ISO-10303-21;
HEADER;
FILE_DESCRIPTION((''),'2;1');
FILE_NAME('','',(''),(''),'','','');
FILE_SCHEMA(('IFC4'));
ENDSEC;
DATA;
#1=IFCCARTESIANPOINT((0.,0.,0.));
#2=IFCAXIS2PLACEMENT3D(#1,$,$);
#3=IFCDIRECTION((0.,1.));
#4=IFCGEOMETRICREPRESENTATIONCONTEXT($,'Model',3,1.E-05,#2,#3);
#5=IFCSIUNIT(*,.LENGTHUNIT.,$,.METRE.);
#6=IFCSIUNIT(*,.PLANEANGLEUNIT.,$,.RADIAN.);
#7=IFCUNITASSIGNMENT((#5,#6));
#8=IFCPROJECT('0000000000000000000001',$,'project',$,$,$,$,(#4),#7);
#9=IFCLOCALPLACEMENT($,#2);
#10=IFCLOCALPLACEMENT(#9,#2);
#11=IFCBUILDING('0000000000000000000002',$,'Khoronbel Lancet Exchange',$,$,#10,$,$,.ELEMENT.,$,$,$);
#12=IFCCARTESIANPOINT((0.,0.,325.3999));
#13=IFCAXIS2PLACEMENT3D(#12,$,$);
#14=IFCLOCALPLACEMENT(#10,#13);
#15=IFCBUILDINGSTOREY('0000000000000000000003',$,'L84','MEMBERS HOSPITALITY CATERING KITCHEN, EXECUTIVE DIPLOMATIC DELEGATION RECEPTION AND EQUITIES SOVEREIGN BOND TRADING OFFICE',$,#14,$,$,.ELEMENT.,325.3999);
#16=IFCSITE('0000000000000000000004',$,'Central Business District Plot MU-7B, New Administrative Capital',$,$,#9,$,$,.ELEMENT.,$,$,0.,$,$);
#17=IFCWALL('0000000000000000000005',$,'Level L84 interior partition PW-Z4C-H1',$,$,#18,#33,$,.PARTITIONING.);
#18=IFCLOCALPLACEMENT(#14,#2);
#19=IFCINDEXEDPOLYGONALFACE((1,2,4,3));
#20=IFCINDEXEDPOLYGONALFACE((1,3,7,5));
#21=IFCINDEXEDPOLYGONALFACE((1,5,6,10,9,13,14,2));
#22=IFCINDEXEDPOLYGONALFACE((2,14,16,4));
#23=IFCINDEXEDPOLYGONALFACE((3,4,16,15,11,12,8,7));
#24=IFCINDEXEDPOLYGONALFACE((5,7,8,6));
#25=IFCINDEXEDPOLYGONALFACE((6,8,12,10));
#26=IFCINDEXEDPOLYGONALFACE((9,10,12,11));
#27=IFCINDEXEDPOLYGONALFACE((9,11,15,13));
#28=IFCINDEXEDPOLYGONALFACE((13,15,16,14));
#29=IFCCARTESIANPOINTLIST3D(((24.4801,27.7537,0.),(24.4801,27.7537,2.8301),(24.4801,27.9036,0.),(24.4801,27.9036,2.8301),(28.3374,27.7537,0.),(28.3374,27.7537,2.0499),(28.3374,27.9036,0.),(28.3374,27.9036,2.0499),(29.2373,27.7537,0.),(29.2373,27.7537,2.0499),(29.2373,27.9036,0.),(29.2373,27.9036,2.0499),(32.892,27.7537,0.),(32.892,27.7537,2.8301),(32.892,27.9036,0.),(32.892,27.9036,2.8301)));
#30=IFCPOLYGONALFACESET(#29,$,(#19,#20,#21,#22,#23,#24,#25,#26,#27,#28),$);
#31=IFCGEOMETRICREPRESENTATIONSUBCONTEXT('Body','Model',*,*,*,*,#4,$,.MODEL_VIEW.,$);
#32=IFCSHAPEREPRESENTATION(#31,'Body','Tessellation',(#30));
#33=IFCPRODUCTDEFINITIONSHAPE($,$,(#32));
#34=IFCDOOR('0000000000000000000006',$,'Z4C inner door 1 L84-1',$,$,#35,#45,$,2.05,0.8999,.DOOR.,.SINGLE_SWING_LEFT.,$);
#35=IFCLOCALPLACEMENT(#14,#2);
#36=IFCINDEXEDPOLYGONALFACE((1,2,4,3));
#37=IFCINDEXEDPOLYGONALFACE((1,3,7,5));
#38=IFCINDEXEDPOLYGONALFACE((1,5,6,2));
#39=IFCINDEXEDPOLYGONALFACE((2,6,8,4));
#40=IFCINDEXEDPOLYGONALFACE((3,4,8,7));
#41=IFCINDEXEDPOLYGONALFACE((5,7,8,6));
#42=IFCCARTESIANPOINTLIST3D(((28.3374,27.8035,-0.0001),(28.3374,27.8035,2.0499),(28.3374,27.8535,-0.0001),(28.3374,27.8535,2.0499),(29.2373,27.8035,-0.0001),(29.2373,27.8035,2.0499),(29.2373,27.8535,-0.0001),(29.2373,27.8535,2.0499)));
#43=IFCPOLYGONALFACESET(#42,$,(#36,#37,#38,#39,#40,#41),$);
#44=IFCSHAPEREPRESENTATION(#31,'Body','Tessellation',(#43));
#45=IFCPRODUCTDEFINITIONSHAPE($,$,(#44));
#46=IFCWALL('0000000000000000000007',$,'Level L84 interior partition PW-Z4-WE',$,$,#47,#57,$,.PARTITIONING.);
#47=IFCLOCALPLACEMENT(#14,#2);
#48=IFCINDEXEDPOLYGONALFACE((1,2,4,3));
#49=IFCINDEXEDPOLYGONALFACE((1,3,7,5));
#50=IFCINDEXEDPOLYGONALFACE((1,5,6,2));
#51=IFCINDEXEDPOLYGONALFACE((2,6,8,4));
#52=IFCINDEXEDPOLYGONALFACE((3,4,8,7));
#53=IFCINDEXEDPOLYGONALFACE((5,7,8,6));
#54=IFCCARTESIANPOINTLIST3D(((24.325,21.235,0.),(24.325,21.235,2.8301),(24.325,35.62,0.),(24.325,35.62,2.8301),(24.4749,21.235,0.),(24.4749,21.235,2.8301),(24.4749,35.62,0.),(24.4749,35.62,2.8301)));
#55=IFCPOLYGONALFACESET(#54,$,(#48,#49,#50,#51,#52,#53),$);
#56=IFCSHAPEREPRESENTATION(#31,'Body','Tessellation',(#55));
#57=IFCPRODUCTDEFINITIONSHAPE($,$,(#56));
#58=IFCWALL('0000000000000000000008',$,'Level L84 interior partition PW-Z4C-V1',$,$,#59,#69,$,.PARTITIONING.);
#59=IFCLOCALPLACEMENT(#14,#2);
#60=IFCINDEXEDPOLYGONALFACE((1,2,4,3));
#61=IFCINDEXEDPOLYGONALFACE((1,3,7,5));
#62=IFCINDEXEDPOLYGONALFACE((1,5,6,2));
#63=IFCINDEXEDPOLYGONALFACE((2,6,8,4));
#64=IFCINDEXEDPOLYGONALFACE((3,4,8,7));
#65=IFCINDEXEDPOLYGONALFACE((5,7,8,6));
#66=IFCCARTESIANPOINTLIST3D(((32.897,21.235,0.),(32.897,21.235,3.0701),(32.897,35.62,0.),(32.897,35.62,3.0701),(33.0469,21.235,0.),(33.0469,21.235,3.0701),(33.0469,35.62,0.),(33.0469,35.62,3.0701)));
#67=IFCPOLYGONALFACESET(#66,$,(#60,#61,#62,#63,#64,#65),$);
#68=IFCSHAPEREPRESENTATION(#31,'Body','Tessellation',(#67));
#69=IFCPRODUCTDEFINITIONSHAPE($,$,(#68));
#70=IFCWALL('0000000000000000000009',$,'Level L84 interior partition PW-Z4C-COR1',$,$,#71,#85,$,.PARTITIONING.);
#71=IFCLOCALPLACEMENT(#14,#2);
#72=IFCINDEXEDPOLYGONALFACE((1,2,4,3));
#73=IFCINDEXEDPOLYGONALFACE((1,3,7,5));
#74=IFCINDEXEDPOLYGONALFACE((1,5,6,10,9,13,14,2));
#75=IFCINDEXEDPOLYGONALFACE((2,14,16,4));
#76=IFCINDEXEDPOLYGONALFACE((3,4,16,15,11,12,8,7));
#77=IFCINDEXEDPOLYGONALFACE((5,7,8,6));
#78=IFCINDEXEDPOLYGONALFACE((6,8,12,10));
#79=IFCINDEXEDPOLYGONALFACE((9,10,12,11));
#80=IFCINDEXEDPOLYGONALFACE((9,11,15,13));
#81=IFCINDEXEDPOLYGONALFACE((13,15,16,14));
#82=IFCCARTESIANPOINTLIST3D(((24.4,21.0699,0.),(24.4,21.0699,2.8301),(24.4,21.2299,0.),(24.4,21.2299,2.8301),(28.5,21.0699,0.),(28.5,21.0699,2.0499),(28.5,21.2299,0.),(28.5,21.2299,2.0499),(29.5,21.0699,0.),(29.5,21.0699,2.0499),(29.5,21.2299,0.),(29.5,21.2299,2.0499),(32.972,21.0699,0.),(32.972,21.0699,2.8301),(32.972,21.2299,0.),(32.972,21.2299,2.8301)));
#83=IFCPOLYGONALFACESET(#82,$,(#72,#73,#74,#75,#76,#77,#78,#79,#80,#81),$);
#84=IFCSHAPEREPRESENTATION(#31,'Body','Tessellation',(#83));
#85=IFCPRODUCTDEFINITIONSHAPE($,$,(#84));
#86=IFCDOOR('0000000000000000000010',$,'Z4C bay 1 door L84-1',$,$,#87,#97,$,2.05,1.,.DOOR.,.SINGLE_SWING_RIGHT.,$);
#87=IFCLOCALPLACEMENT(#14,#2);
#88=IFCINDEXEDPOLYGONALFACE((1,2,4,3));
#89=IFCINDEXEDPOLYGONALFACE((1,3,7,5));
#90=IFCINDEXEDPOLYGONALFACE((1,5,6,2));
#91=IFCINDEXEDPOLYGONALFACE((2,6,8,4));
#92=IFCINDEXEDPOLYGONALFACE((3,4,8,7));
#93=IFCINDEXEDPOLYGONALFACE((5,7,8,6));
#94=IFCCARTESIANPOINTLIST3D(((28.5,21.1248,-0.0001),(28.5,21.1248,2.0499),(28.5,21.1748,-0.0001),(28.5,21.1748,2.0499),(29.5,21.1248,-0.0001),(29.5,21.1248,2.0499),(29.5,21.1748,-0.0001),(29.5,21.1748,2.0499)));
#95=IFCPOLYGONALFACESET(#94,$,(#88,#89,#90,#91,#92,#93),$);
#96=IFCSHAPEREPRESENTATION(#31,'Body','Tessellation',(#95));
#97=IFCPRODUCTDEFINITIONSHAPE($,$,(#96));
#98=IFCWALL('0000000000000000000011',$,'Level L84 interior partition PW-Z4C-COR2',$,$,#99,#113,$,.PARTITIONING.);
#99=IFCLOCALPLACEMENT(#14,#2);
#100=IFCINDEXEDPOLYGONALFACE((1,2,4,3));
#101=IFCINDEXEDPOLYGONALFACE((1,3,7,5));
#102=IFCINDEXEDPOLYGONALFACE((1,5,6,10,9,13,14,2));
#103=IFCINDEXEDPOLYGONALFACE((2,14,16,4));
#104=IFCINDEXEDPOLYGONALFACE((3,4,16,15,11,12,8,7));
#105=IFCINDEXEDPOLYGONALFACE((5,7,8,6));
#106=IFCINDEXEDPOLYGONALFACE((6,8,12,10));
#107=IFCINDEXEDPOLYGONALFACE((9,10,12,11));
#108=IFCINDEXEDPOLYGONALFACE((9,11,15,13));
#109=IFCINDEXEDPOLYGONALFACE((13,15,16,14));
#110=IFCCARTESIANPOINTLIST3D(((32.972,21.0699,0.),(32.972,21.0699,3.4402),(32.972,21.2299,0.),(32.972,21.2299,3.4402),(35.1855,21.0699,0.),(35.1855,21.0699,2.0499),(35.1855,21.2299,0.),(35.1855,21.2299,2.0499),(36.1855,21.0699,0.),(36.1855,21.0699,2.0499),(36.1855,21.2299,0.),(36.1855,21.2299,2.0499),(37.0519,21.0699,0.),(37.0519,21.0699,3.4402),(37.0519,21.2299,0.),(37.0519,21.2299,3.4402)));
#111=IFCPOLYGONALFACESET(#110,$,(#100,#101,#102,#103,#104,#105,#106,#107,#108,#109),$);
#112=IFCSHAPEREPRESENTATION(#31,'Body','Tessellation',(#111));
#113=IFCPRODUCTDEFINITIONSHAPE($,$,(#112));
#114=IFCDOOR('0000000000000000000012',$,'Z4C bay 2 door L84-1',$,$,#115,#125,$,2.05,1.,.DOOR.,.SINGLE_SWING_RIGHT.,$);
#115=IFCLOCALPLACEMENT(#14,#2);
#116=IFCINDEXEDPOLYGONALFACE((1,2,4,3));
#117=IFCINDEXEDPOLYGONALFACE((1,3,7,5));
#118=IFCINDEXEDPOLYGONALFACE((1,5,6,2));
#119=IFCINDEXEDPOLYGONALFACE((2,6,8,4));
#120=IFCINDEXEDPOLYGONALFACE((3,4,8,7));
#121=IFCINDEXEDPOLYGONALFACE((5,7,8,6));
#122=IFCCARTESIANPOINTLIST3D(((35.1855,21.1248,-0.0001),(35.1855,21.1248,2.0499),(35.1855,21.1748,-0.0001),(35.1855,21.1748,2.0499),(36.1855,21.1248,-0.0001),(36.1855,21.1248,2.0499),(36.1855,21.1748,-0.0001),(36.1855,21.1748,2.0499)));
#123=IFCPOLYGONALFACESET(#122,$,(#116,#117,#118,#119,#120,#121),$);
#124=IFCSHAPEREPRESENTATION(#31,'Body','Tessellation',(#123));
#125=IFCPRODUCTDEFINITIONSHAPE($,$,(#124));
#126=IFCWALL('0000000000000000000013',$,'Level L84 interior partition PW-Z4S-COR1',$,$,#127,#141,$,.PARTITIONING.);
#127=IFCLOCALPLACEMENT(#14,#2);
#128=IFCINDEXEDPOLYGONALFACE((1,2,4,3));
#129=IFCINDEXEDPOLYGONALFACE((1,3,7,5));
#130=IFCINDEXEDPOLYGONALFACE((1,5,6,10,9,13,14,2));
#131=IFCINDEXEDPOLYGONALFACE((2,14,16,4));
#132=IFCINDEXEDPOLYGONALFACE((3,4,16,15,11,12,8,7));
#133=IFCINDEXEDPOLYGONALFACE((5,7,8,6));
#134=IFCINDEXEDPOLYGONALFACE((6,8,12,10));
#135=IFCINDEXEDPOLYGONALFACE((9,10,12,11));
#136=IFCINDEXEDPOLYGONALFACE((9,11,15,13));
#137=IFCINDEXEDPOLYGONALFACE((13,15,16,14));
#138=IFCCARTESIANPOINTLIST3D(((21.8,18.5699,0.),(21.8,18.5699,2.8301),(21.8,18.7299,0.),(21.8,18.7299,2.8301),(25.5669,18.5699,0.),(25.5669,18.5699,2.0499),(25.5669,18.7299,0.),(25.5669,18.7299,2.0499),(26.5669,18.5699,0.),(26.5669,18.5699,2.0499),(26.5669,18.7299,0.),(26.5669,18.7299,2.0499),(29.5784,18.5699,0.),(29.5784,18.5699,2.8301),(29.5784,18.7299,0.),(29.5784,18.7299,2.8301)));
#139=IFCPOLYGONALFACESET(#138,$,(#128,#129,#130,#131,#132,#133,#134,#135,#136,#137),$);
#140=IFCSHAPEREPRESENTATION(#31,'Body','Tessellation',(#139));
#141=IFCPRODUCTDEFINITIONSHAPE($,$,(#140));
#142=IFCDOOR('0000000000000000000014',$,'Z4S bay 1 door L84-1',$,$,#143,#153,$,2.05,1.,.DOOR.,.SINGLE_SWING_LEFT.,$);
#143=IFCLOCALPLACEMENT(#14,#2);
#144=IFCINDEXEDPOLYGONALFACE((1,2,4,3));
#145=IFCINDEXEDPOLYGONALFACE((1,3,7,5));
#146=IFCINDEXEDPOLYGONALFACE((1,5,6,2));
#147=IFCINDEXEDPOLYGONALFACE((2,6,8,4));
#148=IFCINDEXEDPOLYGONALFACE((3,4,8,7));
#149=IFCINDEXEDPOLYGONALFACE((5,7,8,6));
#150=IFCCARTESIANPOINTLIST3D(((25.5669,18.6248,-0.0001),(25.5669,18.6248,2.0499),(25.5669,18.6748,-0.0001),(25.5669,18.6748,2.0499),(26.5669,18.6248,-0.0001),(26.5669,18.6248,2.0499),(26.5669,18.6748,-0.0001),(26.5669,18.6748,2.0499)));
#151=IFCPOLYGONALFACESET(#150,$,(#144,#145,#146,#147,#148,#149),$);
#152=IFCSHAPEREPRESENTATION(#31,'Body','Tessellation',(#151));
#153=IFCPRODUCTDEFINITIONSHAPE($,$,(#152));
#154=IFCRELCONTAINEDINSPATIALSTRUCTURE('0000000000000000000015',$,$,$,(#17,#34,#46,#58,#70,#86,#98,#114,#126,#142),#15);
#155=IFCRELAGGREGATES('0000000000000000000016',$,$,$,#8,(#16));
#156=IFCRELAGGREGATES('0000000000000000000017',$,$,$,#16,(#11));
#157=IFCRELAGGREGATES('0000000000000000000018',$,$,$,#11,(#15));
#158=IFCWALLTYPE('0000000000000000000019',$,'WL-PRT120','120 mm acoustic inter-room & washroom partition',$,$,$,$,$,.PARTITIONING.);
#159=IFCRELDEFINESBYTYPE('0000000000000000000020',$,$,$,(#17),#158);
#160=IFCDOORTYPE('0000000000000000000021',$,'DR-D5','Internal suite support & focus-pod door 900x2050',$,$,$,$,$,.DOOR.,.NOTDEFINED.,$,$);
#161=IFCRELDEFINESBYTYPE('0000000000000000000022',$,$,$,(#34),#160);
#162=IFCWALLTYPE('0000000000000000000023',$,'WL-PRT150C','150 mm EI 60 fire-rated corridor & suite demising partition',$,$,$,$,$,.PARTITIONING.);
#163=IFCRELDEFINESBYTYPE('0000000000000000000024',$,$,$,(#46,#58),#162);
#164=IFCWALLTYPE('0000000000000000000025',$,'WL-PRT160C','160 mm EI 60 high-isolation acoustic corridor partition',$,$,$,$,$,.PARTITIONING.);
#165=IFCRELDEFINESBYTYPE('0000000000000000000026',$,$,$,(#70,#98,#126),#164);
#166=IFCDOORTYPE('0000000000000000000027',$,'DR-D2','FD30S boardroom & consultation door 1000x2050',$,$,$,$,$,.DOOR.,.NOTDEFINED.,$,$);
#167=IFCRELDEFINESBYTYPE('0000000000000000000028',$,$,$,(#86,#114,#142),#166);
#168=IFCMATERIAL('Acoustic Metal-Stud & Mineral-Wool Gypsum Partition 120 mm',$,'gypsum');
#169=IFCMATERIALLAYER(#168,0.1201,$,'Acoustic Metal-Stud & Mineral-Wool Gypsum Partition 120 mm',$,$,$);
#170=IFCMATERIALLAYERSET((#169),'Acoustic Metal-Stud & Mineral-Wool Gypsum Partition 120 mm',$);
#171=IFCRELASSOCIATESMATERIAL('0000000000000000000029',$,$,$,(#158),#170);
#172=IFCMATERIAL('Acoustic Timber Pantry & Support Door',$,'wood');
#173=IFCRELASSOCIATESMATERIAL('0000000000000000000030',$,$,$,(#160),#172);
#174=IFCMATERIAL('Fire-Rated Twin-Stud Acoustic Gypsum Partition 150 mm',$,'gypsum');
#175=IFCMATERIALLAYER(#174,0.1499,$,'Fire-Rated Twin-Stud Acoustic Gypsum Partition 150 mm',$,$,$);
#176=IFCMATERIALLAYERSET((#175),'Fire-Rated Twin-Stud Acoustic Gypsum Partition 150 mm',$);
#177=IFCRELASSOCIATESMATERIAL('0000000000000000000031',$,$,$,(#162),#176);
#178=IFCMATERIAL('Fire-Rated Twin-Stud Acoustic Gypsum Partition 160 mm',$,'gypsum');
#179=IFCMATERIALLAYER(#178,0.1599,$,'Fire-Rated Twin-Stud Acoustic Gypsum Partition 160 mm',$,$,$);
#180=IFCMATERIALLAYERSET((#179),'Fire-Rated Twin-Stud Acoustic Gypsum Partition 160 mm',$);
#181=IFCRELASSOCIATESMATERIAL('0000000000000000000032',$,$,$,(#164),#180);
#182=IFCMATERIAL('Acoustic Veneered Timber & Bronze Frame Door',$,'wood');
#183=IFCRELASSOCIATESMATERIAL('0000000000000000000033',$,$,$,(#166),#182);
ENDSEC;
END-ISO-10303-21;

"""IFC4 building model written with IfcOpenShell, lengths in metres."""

from ifc_helpers import new_model, si_unit, direction, frame, frame_2d, origin, place, context, subcontext, project, spatial, rectangle, extrude, material, layer, layer_set, type_object, element, fill, save


model = new_model("IFC4")

# Units and contexts
model_context = context("Model", 3, precision=1e-05, world=origin(), true_north=direction((0.0, 1.0)))
body_context = subcontext(model_context, "Body", "Model", "MODEL_VIEW")
ifc_project = project(units=[si_unit("LENGTHUNIT", "METRE"), si_unit("PLANEANGLEUNIT", "RADIAN")], contexts=[model_context])

# Site, building, storey
site_placement = place(None, origin())
site = spatial("IfcSite", under=ifc_project, at=site_placement, Name="Central Business District Plot MU-7B, New Administrative Capital", CompositionType="ELEMENT", RefElevation=0.0)
building_placement = place(site_placement, origin())
building = spatial("IfcBuilding", under=site, at=building_placement, Name="Khoronbel Lancet Exchange", CompositionType="ELEMENT")
storey_placement = place(building_placement, frame((0.0, 0.0, 325.3999)))
storey = spatial("IfcBuildingStorey", under=building, at=storey_placement, Name="L84", Description="MEMBERS HOSPITALITY CATERING KITCHEN, EXECUTIVE DIPLOMATIC DELEGATION RECEPTION AND EQUITIES SOVEREIGN BOND TRADING OFFICE", CompositionType="ELEMENT", Elevation=325.3999)

# Wall, opening, door
ifc_material_1 = material(Name="Acoustic Metal-Stud & Mineral-Wool Gypsum Partition 120 mm", Category="gypsum")
ifc_layer_1 = layer(ifc_material_1, 0.1201, Name="Acoustic Metal-Stud & Mineral-Wool Gypsum Partition 120 mm")
ifc_layer_set_1 = layer_set([ifc_layer_1], Name="Acoustic Metal-Stud & Mineral-Wool Gypsum Partition 120 mm")
wall_type_1 = type_object("IfcWallType", Name="WL-PRT120", Description="120 mm acoustic inter-room & washroom partition", PredefinedType="PARTITIONING", material=ifc_layer_set_1)
ifc_material_2 = material(Name="Acoustic Timber Pantry & Support Door", Category="wood")
door_type_1 = type_object("IfcDoorType", Name="DR-D5", Description="Internal suite support & focus-pod door 900x2050", OperationType="NOTDEFINED", PredefinedType="DOOR", material=ifc_material_2)
wall_1_placement = place(storey_placement, frame((24.48, 27.8286, 0.0), z_axis=(0.0, 0.0, 1.0), x_axis=(1.0, 0.0, 0.0)))
wall_1 = element("IfcWall", 1, at=wall_1_placement, inside=storey, type_object=wall_type_1, Name="Level L84 interior partition PW-Z4C-H1", PredefinedType="PARTITIONING", context=body_context, shape_type="SweptSolid", body=[
    extrude(rectangle(XDim=8.4119, YDim=0.1499, at=frame_2d((4.2061, 0.0))), origin(), (0.0, 0.0, 1.0), 2.8301),
])
opening_1_placement = place(wall_1_placement, frame((3.8574, 0.0, 0.0)))
opening_1 = element("IfcOpeningElement", 2, at=opening_1_placement, cuts=wall_1, PredefinedType="OPENING", context=body_context, shape_type="SweptSolid", body=[
    extrude(rectangle(XDim=0.8999, YDim=2.05, at=frame_2d((0.45, 1.0249))), frame((0.0, 0.085, 0.0), z_axis=(0.0, -1.0, 0.0), x_axis=(1.0, 0.0, 0.0)), (0.0, 0.0, 1.0), 0.1699),
])
door_1_placement = place(opening_1_placement, origin())
door_1 = element("IfcDoor", 3, at=door_1_placement, inside=storey, type_object=door_type_1, Name="Z4C inner door 1 L84-1", OperationType="SINGLE_SWING_LEFT", OverallHeight=2.05, OverallWidth=0.8999, PredefinedType="DOOR", context=body_context, shape_type="SweptSolid", body=[
    extrude(rectangle(XDim=0.8999, YDim=2.05, at=frame_2d((0.45, 1.0249))), frame((0.0, 0.0249, 0.0), z_axis=(0.0, -1.0, 0.0), x_axis=(1.0, 0.0, 0.0)), (0.0, 0.0, 1.0), 0.05),
])
fill(opening_1, door_1)

# Walls
ifc_material_3 = material(Name="Fire-Rated Twin-Stud Acoustic Gypsum Partition 150 mm", Category="gypsum")
ifc_layer_2 = layer(ifc_material_3, 0.1499, Name="Fire-Rated Twin-Stud Acoustic Gypsum Partition 150 mm")
ifc_layer_set_2 = layer_set([ifc_layer_2], Name="Fire-Rated Twin-Stud Acoustic Gypsum Partition 150 mm")
wall_type_2 = type_object("IfcWallType", Name="WL-PRT150C", Description="150 mm EI 60 fire-rated corridor & suite demising partition", PredefinedType="PARTITIONING", material=ifc_layer_set_2)
wall_2_placement = place(storey_placement, frame((24.3999, 21.2351, 0.0), z_axis=(0.0, 0.0, 1.0), x_axis=(0.0, 1.0, 0.0)))
element("IfcWall", 4, at=wall_2_placement, inside=storey, type_object=wall_type_2, Name="Level L84 interior partition PW-Z4-WE", PredefinedType="PARTITIONING", context=body_context, shape_type="SweptSolid", body=[
    extrude(rectangle(XDim=14.385, YDim=0.1499, at=frame_2d((7.1924, 0.0))), origin(), (0.0, 0.0, 1.0), 2.8301),
])
wall_3_placement = place(storey_placement, frame((32.9719, 21.2351, 0.0), z_axis=(0.0, 0.0, 1.0), x_axis=(0.0, 1.0, 0.0)))
element("IfcWall", 5, at=wall_3_placement, inside=storey, type_object=wall_type_2, Name="Level L84 interior partition PW-Z4C-V1", PredefinedType="PARTITIONING", context=body_context, shape_type="SweptSolid", body=[
    extrude(rectangle(XDim=14.385, YDim=0.1499, at=frame_2d((7.1924, 0.0))), origin(), (0.0, 0.0, 1.0), 3.0701),
])

# Walls, openings, doors
ifc_material_4 = material(Name="Fire-Rated Twin-Stud Acoustic Gypsum Partition 160 mm", Category="gypsum")
ifc_layer_3 = layer(ifc_material_4, 0.1599, Name="Fire-Rated Twin-Stud Acoustic Gypsum Partition 160 mm")
ifc_layer_set_3 = layer_set([ifc_layer_3], Name="Fire-Rated Twin-Stud Acoustic Gypsum Partition 160 mm")
wall_type_3 = type_object("IfcWallType", Name="WL-PRT160C", Description="160 mm EI 60 high-isolation acoustic corridor partition", PredefinedType="PARTITIONING", material=ifc_layer_set_3)
wall_4_placement = place(storey_placement, frame((24.3999, 21.1499, 0.0), z_axis=(0.0, 0.0, 1.0), x_axis=(1.0, 0.0, 0.0)))
wall_4 = element("IfcWall", 6, at=wall_4_placement, inside=storey, type_object=wall_type_3, Name="Level L84 interior partition PW-Z4C-COR1", PredefinedType="PARTITIONING", context=body_context, shape_type="SweptSolid", body=[
    extrude(rectangle(XDim=8.572, YDim=0.1599, at=frame_2d((4.2861, 0.0))), origin(), (0.0, 0.0, 1.0), 2.8301),
])
opening_2_placement = place(wall_4_placement, frame((4.1001, 0.0, 0.0)))
opening_2 = element("IfcOpeningElement", 7, at=opening_2_placement, cuts=wall_4, PredefinedType="OPENING", context=body_context, shape_type="SweptSolid", body=[
    extrude(rectangle(XDim=1.0, YDim=2.05, at=frame_2d((0.5, 1.0249))), frame((0.0, 0.0898, 0.0), z_axis=(0.0, -1.0, 0.0), x_axis=(1.0, 0.0, 0.0)), (0.0, 0.0, 1.0), 0.1799),
])
ifc_material_5 = material(Name="Acoustic Veneered Timber & Bronze Frame Door", Category="wood")
door_type_2 = type_object("IfcDoorType", Name="DR-D2", Description="FD30S boardroom & consultation door 1000x2050", OperationType="NOTDEFINED", PredefinedType="DOOR", material=ifc_material_5)
door_2_placement = place(opening_2_placement, origin())
door_2 = element("IfcDoor", 8, at=door_2_placement, inside=storey, type_object=door_type_2, Name="Z4C bay 1 door L84-1", OperationType="SINGLE_SWING_RIGHT", OverallHeight=2.05, OverallWidth=1.0, PredefinedType="DOOR", context=body_context, shape_type="SweptSolid", body=[
    extrude(rectangle(XDim=1.0, YDim=2.05, at=frame_2d((0.5, 1.0249))), frame((0.0, 0.0249, 0.0), z_axis=(0.0, -1.0, 0.0), x_axis=(1.0, 0.0, 0.0)), (0.0, 0.0, 1.0), 0.05),
])
fill(opening_2, door_2)
wall_5_placement = place(storey_placement, frame((32.9719, 21.1499, 0.0), z_axis=(0.0, 0.0, 1.0), x_axis=(1.0, 0.0, 0.0)))
wall_5 = element("IfcWall", 9, at=wall_5_placement, inside=storey, type_object=wall_type_3, Name="Level L84 interior partition PW-Z4C-COR2", PredefinedType="PARTITIONING", context=body_context, shape_type="SweptSolid", body=[
    extrude(rectangle(XDim=4.0798, YDim=0.1599, at=frame_2d((2.04, 0.0))), origin(), (0.0, 0.0, 1.0), 3.4402),
])
opening_3_placement = place(wall_5_placement, frame((2.2136, 0.0, 0.0)))
opening_3 = element("IfcOpeningElement", 10, at=opening_3_placement, cuts=wall_5, PredefinedType="OPENING", context=body_context, shape_type="SweptSolid", body=[
    extrude(rectangle(XDim=1.0, YDim=2.05, at=frame_2d((0.5, 1.0249))), frame((0.0, 0.0898, 0.0), z_axis=(0.0, -1.0, 0.0), x_axis=(1.0, 0.0, 0.0)), (0.0, 0.0, 1.0), 0.1799),
])
door_3_placement = place(opening_3_placement, origin())
door_3 = element("IfcDoor", 11, at=door_3_placement, inside=storey, type_object=door_type_2, Name="Z4C bay 2 door L84-1", OperationType="SINGLE_SWING_RIGHT", OverallHeight=2.05, OverallWidth=1.0, PredefinedType="DOOR", context=body_context, shape_type="SweptSolid", body=[
    extrude(rectangle(XDim=1.0, YDim=2.05, at=frame_2d((0.5, 1.0249))), frame((0.0, 0.0249, 0.0), z_axis=(0.0, -1.0, 0.0), x_axis=(1.0, 0.0, 0.0)), (0.0, 0.0, 1.0), 0.05),
])
fill(opening_3, door_3)
wall_6_placement = place(storey_placement, frame((21.8, 18.6499, 0.0), z_axis=(0.0, 0.0, 1.0), x_axis=(1.0, 0.0, 0.0)))
wall_6 = element("IfcWall", 12, at=wall_6_placement, inside=storey, type_object=wall_type_3, Name="Level L84 interior partition PW-Z4S-COR1", PredefinedType="PARTITIONING", context=body_context, shape_type="SweptSolid", body=[
    extrude(rectangle(XDim=7.7783, YDim=0.1599, at=frame_2d((3.8892, 0.0))), origin(), (0.0, 0.0, 1.0), 2.8301),
])
opening_4_placement = place(wall_6_placement, frame((3.7668, 0.0, 0.0)))
opening_4 = element("IfcOpeningElement", 13, at=opening_4_placement, cuts=wall_6, PredefinedType="OPENING", context=body_context, shape_type="SweptSolid", body=[
    extrude(rectangle(XDim=1.0, YDim=2.05, at=frame_2d((0.5, 1.0249))), frame((0.0, 0.0898, 0.0), z_axis=(0.0, -1.0, 0.0), x_axis=(1.0, 0.0, 0.0)), (0.0, 0.0, 1.0), 0.1799),
])
door_4_placement = place(opening_4_placement, origin())
door_4 = element("IfcDoor", 14, at=door_4_placement, inside=storey, type_object=door_type_2, Name="Z4S bay 1 door L84-1", OperationType="SINGLE_SWING_LEFT", OverallHeight=2.05, OverallWidth=1.0, PredefinedType="DOOR", context=body_context, shape_type="SweptSolid", body=[
    extrude(rectangle(XDim=1.0, YDim=2.05, at=frame_2d((0.5, 1.0249))), frame((0.0, 0.0249, 0.0), z_axis=(0.0, -1.0, 0.0), x_axis=(1.0, 0.0, 0.0)), (0.0, 0.0, 1.0), 0.05),
])
fill(opening_4, door_4)

save(model, "model.ifc")
